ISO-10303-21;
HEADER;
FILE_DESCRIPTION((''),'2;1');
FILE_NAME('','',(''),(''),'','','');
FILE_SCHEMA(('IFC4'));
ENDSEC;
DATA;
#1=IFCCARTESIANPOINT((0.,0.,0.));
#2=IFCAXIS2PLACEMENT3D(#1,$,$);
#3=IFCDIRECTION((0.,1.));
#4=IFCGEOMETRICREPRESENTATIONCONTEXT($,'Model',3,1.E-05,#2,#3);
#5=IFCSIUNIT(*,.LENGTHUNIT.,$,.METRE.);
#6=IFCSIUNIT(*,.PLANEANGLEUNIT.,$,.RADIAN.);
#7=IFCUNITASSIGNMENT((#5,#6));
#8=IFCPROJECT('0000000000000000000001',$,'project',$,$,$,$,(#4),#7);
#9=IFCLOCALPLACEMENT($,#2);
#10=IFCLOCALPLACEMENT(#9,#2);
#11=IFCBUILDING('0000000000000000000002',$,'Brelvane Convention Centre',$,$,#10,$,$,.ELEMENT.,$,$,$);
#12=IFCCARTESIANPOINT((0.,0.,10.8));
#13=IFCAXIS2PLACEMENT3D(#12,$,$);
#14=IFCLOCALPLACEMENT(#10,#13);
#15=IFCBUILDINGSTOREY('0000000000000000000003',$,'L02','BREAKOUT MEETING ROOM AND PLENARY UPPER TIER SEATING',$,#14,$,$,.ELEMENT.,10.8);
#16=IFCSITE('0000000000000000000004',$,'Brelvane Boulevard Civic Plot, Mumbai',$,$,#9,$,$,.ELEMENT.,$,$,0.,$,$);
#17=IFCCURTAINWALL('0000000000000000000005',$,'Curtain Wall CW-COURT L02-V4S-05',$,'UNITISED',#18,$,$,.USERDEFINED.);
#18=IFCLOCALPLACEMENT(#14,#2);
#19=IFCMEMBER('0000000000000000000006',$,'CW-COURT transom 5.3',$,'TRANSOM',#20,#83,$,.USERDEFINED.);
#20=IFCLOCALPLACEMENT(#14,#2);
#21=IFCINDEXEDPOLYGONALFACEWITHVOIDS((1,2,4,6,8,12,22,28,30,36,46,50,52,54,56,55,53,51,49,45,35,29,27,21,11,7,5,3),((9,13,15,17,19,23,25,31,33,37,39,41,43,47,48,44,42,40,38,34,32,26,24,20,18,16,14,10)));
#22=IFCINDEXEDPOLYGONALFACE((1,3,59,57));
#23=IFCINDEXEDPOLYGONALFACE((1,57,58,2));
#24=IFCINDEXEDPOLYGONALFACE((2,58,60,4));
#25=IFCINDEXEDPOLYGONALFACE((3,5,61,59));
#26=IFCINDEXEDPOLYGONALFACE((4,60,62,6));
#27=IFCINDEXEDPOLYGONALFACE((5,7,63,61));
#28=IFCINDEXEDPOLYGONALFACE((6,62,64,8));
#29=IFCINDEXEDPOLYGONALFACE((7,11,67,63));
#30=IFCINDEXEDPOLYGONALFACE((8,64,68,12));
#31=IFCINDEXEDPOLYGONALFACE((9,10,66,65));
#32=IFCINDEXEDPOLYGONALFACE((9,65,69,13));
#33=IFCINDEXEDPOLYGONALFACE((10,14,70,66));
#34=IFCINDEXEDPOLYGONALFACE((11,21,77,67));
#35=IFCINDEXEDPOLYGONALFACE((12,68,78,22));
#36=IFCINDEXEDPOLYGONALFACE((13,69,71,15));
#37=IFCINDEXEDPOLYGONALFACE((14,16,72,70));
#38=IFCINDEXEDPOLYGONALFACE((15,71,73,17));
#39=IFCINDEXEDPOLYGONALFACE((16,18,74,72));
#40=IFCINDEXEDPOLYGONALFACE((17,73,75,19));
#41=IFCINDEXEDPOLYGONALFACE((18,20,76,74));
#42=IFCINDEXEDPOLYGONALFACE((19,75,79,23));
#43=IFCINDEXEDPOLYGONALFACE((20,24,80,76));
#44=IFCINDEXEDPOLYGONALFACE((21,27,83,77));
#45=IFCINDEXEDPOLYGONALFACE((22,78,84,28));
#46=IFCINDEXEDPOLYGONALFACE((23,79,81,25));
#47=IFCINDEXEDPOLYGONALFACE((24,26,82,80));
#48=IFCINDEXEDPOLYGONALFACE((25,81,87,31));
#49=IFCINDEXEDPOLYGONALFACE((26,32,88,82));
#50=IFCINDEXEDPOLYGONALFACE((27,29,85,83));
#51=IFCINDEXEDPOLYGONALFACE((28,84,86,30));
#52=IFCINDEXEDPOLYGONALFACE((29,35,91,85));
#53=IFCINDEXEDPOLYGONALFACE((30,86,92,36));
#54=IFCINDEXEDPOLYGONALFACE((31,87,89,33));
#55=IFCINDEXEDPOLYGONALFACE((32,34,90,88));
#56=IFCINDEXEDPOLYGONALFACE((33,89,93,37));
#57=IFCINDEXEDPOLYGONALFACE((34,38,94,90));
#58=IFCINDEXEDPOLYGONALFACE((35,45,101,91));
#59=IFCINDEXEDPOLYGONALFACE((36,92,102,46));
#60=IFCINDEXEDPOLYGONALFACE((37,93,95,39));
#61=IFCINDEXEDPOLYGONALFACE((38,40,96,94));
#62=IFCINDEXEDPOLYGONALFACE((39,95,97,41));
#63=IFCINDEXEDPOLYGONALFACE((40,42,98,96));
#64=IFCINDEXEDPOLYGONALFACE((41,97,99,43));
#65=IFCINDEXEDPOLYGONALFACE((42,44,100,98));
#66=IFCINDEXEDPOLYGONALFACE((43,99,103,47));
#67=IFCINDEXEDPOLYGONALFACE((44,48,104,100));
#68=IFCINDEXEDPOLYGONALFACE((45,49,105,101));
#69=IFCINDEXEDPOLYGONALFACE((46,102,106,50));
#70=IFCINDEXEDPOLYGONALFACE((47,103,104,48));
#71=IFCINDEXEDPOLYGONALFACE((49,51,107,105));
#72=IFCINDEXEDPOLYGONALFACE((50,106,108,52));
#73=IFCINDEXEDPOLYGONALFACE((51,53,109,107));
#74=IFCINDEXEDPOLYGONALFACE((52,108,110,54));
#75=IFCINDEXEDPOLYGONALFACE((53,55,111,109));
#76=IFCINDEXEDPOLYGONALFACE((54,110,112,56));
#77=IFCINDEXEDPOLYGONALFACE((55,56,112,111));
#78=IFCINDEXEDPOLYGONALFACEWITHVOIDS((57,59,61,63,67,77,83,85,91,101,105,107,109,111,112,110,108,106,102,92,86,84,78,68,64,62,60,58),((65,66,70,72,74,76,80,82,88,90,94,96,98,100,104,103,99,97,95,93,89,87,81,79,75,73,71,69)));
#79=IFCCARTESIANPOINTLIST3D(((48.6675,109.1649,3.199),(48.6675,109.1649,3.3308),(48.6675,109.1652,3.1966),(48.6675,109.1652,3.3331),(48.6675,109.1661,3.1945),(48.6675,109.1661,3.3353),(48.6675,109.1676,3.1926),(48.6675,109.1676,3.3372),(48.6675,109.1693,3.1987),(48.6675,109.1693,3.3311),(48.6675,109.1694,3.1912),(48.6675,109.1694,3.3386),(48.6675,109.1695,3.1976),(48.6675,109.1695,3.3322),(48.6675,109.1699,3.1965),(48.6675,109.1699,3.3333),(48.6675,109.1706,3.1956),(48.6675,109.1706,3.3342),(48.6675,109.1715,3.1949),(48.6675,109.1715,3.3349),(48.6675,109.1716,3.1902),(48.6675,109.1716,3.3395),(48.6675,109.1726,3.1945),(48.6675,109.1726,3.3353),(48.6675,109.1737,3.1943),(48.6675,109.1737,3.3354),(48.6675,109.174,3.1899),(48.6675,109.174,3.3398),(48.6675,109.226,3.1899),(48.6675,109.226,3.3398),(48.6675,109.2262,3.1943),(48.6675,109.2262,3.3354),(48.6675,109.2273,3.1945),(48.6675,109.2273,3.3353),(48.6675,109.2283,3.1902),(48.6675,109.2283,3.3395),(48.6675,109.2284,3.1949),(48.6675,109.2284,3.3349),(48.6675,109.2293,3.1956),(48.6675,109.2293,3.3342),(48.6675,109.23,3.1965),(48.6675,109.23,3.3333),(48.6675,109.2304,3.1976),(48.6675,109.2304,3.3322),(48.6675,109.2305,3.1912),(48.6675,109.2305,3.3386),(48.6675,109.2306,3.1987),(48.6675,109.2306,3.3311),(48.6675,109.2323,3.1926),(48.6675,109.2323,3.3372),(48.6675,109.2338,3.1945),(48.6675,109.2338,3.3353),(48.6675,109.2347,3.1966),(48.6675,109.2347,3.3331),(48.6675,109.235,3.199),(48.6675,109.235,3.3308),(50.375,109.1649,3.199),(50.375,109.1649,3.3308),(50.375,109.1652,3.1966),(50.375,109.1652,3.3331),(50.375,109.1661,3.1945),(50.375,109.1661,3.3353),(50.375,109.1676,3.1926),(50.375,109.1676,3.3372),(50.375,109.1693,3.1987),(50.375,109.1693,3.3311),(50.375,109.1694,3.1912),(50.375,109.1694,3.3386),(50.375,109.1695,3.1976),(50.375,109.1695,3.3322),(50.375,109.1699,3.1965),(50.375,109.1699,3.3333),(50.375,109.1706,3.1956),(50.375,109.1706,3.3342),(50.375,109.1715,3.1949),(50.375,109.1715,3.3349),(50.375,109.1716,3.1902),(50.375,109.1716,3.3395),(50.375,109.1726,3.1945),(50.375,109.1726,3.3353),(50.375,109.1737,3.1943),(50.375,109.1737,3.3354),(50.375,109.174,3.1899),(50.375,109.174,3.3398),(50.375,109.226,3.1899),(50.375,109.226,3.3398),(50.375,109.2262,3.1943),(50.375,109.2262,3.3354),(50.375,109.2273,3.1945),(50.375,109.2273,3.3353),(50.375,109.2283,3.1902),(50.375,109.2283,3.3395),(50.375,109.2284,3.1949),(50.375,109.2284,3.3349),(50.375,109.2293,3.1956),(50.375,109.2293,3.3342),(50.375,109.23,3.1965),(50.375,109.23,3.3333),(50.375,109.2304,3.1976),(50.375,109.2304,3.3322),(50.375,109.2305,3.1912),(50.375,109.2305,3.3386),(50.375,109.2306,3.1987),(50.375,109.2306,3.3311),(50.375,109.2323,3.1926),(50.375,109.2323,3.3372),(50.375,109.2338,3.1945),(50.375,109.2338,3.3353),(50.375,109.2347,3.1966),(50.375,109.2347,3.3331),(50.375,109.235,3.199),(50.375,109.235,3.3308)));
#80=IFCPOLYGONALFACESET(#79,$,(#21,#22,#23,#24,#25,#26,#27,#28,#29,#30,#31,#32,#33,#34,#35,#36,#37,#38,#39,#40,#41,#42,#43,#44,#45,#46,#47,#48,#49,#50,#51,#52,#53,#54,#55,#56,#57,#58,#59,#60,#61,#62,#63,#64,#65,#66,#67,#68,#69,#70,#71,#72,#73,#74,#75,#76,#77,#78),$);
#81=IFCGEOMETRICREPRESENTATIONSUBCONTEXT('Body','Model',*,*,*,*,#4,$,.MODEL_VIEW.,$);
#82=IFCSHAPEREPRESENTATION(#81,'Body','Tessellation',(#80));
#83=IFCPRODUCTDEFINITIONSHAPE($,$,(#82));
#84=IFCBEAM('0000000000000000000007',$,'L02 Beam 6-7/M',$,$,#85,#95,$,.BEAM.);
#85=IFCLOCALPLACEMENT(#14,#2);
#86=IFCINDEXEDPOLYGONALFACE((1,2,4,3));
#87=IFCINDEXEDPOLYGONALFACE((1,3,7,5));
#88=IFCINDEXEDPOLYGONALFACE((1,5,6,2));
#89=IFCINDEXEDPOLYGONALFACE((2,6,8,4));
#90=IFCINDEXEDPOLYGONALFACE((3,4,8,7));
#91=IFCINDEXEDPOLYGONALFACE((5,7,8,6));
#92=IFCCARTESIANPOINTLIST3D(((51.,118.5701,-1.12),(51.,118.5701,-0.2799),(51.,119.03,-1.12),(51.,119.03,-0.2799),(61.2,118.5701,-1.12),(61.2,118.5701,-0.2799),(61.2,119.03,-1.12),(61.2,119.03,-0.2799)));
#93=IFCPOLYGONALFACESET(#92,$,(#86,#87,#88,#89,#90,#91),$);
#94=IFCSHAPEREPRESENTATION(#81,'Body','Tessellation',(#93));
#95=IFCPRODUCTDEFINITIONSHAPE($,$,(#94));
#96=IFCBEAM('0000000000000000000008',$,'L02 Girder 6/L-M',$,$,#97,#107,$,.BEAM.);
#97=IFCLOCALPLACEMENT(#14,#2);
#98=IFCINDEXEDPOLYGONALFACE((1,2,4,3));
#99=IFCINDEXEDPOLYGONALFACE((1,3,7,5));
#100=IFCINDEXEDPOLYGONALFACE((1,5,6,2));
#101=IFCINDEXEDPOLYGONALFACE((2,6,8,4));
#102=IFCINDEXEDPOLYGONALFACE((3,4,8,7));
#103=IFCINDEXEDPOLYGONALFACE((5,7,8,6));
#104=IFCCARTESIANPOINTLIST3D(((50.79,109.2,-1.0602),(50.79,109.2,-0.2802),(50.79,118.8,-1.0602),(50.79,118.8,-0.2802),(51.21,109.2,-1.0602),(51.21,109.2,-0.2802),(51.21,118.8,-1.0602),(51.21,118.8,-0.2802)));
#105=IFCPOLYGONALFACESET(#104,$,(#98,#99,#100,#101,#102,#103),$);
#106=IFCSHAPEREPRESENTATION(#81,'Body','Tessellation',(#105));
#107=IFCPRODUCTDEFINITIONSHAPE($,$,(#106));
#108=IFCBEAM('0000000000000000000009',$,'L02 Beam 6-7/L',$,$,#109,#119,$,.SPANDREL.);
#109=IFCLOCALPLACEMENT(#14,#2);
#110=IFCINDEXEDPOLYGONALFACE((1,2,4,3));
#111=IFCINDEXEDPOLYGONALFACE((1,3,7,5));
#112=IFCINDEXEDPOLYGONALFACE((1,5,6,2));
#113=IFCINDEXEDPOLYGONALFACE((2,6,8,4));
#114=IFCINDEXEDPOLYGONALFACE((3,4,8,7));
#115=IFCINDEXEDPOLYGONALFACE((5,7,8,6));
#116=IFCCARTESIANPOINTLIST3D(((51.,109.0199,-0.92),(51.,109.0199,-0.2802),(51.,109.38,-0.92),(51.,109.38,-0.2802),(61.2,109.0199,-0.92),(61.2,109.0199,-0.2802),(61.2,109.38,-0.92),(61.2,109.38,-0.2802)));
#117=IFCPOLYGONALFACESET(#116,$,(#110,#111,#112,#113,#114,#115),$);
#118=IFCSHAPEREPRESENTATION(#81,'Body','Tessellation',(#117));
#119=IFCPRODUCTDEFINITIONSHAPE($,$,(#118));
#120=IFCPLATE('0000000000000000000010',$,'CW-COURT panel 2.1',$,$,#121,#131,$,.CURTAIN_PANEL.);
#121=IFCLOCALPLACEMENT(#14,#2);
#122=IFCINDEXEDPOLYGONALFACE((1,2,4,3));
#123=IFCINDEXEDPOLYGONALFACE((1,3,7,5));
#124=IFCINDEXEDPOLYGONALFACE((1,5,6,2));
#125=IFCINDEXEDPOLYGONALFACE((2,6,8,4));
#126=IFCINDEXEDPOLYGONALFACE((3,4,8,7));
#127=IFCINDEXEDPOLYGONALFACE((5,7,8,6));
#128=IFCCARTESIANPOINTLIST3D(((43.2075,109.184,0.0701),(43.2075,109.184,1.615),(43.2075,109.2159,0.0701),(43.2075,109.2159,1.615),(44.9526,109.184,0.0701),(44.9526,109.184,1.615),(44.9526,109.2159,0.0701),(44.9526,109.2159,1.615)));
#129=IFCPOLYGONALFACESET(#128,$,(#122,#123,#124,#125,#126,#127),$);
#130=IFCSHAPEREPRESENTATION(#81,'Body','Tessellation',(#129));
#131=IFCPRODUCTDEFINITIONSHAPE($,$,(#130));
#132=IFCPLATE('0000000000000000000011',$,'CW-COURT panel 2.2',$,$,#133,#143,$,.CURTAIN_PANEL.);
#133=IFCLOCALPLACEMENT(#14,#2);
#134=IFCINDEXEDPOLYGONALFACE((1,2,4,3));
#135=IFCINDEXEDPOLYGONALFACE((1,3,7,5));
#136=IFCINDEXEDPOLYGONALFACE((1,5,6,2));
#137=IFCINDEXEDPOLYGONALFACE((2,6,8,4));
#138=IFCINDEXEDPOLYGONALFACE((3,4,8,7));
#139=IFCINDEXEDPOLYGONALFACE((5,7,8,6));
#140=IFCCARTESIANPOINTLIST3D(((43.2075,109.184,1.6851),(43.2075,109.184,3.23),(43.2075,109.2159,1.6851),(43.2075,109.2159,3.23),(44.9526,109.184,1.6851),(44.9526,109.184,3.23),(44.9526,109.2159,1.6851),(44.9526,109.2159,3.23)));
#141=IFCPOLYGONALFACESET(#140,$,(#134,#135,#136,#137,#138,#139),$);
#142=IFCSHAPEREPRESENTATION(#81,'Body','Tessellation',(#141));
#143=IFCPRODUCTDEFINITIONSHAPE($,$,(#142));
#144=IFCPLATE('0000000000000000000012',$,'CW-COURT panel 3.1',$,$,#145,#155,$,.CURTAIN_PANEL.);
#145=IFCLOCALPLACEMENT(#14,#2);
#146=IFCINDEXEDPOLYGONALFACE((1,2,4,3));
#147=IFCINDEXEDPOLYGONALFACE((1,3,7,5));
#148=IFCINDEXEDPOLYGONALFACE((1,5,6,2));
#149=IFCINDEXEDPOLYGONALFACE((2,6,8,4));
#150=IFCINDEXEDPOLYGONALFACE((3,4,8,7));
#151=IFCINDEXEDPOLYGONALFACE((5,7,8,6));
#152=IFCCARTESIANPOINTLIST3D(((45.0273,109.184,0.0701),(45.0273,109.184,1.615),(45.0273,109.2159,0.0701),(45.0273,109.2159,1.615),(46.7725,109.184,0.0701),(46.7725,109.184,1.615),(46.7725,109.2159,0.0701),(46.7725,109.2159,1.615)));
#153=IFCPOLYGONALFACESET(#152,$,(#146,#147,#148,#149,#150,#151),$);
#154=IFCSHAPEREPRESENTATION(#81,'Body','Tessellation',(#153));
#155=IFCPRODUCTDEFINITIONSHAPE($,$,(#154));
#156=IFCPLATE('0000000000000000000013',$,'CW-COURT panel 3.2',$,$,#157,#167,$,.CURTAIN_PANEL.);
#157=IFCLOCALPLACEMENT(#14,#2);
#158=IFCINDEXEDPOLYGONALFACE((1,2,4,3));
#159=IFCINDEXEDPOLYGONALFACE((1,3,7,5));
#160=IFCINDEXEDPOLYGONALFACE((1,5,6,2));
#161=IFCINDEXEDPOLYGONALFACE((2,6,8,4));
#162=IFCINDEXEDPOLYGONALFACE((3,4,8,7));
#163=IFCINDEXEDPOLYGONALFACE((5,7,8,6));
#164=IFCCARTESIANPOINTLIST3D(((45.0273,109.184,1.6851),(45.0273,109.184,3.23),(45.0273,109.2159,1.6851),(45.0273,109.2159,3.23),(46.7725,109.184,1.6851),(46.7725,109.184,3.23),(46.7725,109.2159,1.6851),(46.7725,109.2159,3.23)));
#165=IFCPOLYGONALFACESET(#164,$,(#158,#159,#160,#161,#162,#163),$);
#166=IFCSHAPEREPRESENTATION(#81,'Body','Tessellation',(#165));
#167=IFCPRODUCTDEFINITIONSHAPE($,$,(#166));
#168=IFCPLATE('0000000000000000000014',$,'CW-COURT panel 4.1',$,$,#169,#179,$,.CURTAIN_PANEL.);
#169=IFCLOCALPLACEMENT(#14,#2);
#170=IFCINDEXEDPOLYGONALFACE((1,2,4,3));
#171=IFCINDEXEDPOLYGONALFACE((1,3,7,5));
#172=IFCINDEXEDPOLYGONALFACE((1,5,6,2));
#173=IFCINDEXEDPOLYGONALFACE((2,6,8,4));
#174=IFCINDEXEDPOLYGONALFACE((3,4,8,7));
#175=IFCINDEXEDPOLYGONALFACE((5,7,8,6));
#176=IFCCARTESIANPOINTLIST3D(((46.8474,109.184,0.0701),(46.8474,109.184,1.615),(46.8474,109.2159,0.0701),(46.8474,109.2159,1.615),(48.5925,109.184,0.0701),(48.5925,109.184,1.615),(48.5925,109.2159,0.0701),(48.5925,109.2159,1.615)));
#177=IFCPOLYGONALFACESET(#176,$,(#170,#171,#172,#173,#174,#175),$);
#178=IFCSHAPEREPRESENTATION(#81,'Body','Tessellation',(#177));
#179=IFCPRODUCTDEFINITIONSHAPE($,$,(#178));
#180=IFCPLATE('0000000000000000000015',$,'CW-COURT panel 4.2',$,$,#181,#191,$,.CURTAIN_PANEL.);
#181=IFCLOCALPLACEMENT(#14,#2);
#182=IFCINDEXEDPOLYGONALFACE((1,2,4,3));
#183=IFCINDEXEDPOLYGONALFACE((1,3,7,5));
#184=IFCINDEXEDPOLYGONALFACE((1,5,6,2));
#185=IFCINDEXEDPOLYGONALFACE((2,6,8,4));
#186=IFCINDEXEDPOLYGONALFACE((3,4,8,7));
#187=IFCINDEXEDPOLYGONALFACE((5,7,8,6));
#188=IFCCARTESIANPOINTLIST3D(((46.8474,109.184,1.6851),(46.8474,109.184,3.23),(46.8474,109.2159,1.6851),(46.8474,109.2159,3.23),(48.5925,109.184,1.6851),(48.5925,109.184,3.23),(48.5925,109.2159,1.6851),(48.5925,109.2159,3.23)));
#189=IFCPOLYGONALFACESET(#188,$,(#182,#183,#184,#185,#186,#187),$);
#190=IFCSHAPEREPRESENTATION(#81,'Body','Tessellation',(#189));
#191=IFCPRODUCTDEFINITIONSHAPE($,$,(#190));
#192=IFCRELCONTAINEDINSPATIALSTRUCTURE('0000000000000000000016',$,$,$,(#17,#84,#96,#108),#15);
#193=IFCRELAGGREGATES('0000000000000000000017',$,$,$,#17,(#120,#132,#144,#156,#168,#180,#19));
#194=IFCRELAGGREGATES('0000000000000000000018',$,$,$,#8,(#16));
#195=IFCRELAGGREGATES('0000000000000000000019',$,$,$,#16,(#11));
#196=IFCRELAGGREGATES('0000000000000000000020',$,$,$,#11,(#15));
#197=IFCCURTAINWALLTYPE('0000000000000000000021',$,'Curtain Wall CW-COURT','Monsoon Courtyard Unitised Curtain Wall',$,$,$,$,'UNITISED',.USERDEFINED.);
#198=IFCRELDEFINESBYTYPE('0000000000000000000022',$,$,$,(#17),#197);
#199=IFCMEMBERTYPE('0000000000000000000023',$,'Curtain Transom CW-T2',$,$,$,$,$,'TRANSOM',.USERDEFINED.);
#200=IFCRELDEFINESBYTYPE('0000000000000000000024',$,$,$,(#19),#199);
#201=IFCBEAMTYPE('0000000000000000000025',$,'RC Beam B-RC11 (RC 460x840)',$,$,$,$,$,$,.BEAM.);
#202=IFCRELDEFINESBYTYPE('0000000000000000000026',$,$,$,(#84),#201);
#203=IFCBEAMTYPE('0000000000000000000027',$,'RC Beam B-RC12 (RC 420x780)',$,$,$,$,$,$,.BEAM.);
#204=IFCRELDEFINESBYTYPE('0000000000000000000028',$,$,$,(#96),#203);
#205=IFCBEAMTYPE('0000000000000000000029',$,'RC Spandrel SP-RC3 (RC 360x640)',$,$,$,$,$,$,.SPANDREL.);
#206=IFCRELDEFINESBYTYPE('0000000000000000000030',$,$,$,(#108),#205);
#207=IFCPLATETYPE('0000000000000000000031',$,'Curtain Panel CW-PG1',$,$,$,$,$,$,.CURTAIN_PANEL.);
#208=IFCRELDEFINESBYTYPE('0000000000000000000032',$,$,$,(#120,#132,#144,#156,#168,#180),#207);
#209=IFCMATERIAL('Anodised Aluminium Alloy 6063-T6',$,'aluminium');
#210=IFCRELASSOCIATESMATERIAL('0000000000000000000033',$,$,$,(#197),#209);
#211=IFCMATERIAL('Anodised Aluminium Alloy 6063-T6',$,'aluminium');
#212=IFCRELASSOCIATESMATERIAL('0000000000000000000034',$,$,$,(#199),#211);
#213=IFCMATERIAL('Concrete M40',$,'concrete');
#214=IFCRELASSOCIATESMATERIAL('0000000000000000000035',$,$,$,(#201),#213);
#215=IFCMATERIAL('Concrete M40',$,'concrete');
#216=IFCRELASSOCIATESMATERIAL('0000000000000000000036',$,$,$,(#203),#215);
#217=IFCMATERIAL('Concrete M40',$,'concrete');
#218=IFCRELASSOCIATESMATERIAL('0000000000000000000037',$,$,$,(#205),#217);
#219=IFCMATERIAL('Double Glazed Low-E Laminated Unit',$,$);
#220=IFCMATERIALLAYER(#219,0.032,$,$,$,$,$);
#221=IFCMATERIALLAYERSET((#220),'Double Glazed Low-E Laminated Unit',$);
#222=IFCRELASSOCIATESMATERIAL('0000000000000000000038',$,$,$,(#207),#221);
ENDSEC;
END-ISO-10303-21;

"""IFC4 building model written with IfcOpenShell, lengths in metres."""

from ifc_helpers import new_model, si_unit, direction, frame, origin, origin_2d, place, context, subcontext, project, spatial, rectangle, hollow_rectangle, extrude, material, layer, layer_set, material_profile, profile_set, type_object, element, aggregate, save


model = new_model("IFC4")

# Units and contexts
model_context = context("Model", 3, precision=1e-05, world=origin(), true_north=direction((0.0, 1.0)))
body_context = subcontext(model_context, "Body", "Model", "MODEL_VIEW")
ifc_project = project(units=[si_unit("LENGTHUNIT", "METRE"), si_unit("PLANEANGLEUNIT", "RADIAN")], contexts=[model_context])

# Site, building, storey
site_placement = place(None, origin())
site = spatial("IfcSite", under=ifc_project, at=site_placement, Name="Brelvane Boulevard Civic Plot, Mumbai", CompositionType="ELEMENT", RefElevation=0.0)
building_placement = place(site_placement, origin())
building = spatial("IfcBuilding", under=site, at=building_placement, Name="Brelvane Convention Centre", CompositionType="ELEMENT")
storey_placement = place(building_placement, frame((0.0, 0.0, 10.8)))
storey = spatial("IfcBuildingStorey", under=building, at=storey_placement, Name="L02", Description="BREAKOUT MEETING ROOM AND PLENARY UPPER TIER SEATING", CompositionType="ELEMENT", Elevation=10.8)

# Curtain wall, member
ifc_material_1 = material(Name="Anodised Aluminium Alloy 6063-T6", Category="aluminium")
curtain_wall_type = type_object("IfcCurtainWallType", Name="Curtain Wall CW-COURT", Description="Monsoon Courtyard Unitised Curtain Wall", ElementType="UNITISED", PredefinedType="USERDEFINED", material=ifc_material_1)
curtain_wall_placement = place(storey_placement, origin())
curtain_wall = element("IfcCurtainWall", 1, at=curtain_wall_placement, inside=storey, type_object=curtain_wall_type, Name="Curtain Wall CW-COURT L02-V4S-05", ObjectType="UNITISED", PredefinedType="USERDEFINED")
ifc_material_2 = material(Name="Anodised Aluminium Alloy 6063-T6", Category="aluminium")
ifc_material_profile_1 = material_profile(ifc_material_2, hollow_rectangle(XDim=0.0701, YDim=0.1499, WallThickness=0.0044, InnerFilletRadius=0.0044, OuterFilletRadius=0.009, at=origin_2d()), Name="ALU-T 150x70x4.5")
ifc_profile_set_1 = profile_set([ifc_material_profile_1], Name="Anodised Aluminium Alloy 6063-T6")
member_type_1 = type_object("IfcMemberType", Name="Curtain Transom CW-T2", ElementType="TRANSOM", PredefinedType="USERDEFINED", material=ifc_profile_set_1)
member_1_placement = place(storey_placement, frame((48.6675, 109.2, 3.2649), z_axis=(1.0, 0.0, 0.0), x_axis=(0.0, 1.0, 0.0)))
member_1 = element("IfcMember", 2, at=member_1_placement, type_object=member_type_1, Name="CW-COURT transom 5.3", ObjectType="TRANSOM", PredefinedType="USERDEFINED", context=body_context, shape_type="SweptSolid", body=[
    extrude(hollow_rectangle(XDim=0.0701, YDim=0.1499, WallThickness=0.0044, InnerFilletRadius=0.0044, OuterFilletRadius=0.009, at=origin_2d()), origin(), (0.0, 0.0, 1.0), 1.7075),
])

# Beams
ifc_material_3 = material(Name="Concrete M40", Category="concrete")
ifc_material_profile_2 = material_profile(ifc_material_3, rectangle(XDim=0.46, YDim=0.8401, at=origin_2d()), Name="RC 460x840")
ifc_profile_set_2 = profile_set([ifc_material_profile_2], Name="Concrete M40")
beam_type_1 = type_object("IfcBeamType", Name="RC Beam B-RC11 (RC 460x840)", PredefinedType="BEAM", material=ifc_profile_set_2)
beam_1_placement = place(storey_placement, frame((51.0, 118.8, -0.7), z_axis=(1.0, 0.0, 0.0), x_axis=(0.0, 1.0, 0.0)))
element("IfcBeam", 3, at=beam_1_placement, inside=storey, type_object=beam_type_1, Name="L02 Beam 6-7/M", PredefinedType="BEAM", context=body_context, shape_type="SweptSolid", body=[
    extrude(rectangle(XDim=0.46, YDim=0.8401, at=origin_2d()), origin(), (0.0, 0.0, 1.0), 10.2),
])
ifc_material_4 = material(Name="Concrete M40", Category="concrete")
ifc_material_profile_3 = material_profile(ifc_material_4, rectangle(XDim=0.4199, YDim=0.78, at=origin_2d()), Name="RC 420x780")
ifc_profile_set_3 = profile_set([ifc_material_profile_3], Name="Concrete M40")
beam_type_2 = type_object("IfcBeamType", Name="RC Beam B-RC12 (RC 420x780)", PredefinedType="BEAM", material=ifc_profile_set_3)
beam_2_placement = place(storey_placement, frame((51.0, 109.2, -0.6702), z_axis=(0.0, 1.0, 0.0), x_axis=(-1.0, 0.0, 0.0)))
element("IfcBeam", 4, at=beam_2_placement, inside=storey, type_object=beam_type_2, Name="L02 Girder 6/L-M", PredefinedType="BEAM", context=body_context, shape_type="SweptSolid", body=[
    extrude(rectangle(XDim=0.4199, YDim=0.78, at=origin_2d()), origin(), (0.0, 0.0, 1.0), 9.6001),
])
ifc_material_5 = material(Name="Concrete M40", Category="concrete")
ifc_material_profile_4 = material_profile(ifc_material_5, rectangle(XDim=0.3601, YDim=0.6399, at=origin_2d()), Name="RC 360x640")
ifc_profile_set_4 = profile_set([ifc_material_profile_4], Name="Concrete M40")
beam_type_3 = type_object("IfcBeamType", Name="RC Spandrel SP-RC3 (RC 360x640)", PredefinedType="SPANDREL", material=ifc_profile_set_4)
beam_3_placement = place(storey_placement, frame((51.0, 109.2, -0.6001), z_axis=(1.0, 0.0, 0.0), x_axis=(0.0, 1.0, 0.0)))
element("IfcBeam", 5, at=beam_3_placement, inside=storey, type_object=beam_type_3, Name="L02 Beam 6-7/L", PredefinedType="SPANDREL", context=body_context, shape_type="SweptSolid", body=[
    extrude(rectangle(XDim=0.3601, YDim=0.6399, at=origin_2d()), origin(), (0.0, 0.0, 1.0), 10.2),
])

# Plates
ifc_material_6 = material(Name="Double Glazed Low-E Laminated Unit")
ifc_layer_1 = layer(ifc_material_6, 0.032)
ifc_layer_set_1 = layer_set([ifc_layer_1], Name="Double Glazed Low-E Laminated Unit")
plate_type = type_object("IfcPlateType", Name="Curtain Panel CW-PG1", PredefinedType="CURTAIN_PANEL", material=ifc_layer_set_1)
plate_1_placement = place(storey_placement, frame((44.0801, 109.2, 0.0701), z_axis=(0.0, 0.0, 1.0), x_axis=(1.0, 0.0, 0.0)))
plate_1 = element("IfcPlate", 6, at=plate_1_placement, type_object=plate_type, Name="CW-COURT panel 2.1", PredefinedType="CURTAIN_PANEL", context=body_context, shape_type="SweptSolid", body=[
    extrude(rectangle(XDim=1.7451, YDim=0.032, at=origin_2d()), origin(), (0.0, 0.0, 1.0), 1.5449),
])
plate_2_placement = place(storey_placement, frame((44.0801, 109.2, 1.6851), z_axis=(0.0, 0.0, 1.0), x_axis=(1.0, 0.0, 0.0)))
plate_2 = element("IfcPlate", 7, at=plate_2_placement, type_object=plate_type, Name="CW-COURT panel 2.2", PredefinedType="CURTAIN_PANEL", context=body_context, shape_type="SweptSolid", body=[
    extrude(rectangle(XDim=1.7451, YDim=0.032, at=origin_2d()), origin(), (0.0, 0.0, 1.0), 1.5449),
])
plate_3_placement = place(storey_placement, frame((45.8999, 109.2, 0.0701), z_axis=(0.0, 0.0, 1.0), x_axis=(1.0, 0.0, 0.0)))
plate_3 = element("IfcPlate", 8, at=plate_3_placement, type_object=plate_type, Name="CW-COURT panel 3.1", PredefinedType="CURTAIN_PANEL", context=body_context, shape_type="SweptSolid", body=[
    extrude(rectangle(XDim=1.7451, YDim=0.032, at=origin_2d()), origin(), (0.0, 0.0, 1.0), 1.5449),
])
plate_4_placement = place(storey_placement, frame((45.8999, 109.2, 1.6851), z_axis=(0.0, 0.0, 1.0), x_axis=(1.0, 0.0, 0.0)))
plate_4 = element("IfcPlate", 9, at=plate_4_placement, type_object=plate_type, Name="CW-COURT panel 3.2", PredefinedType="CURTAIN_PANEL", context=body_context, shape_type="SweptSolid", body=[
    extrude(rectangle(XDim=1.7451, YDim=0.032, at=origin_2d()), origin(), (0.0, 0.0, 1.0), 1.5449),
])
plate_5_placement = place(storey_placement, frame((47.72, 109.2, 0.0701), z_axis=(0.0, 0.0, 1.0), x_axis=(1.0, 0.0, 0.0)))
plate_5 = element("IfcPlate", 10, at=plate_5_placement, type_object=plate_type, Name="CW-COURT panel 4.1", PredefinedType="CURTAIN_PANEL", context=body_context, shape_type="SweptSolid", body=[
    extrude(rectangle(XDim=1.7451, YDim=0.032, at=origin_2d()), origin(), (0.0, 0.0, 1.0), 1.5449),
])
plate_6_placement = place(storey_placement, frame((47.72, 109.2, 1.6851), z_axis=(0.0, 0.0, 1.0), x_axis=(1.0, 0.0, 0.0)))
plate_6 = element("IfcPlate", 11, at=plate_6_placement, type_object=plate_type, Name="CW-COURT panel 4.2", PredefinedType="CURTAIN_PANEL", context=body_context, shape_type="SweptSolid", body=[
    extrude(rectangle(XDim=1.7451, YDim=0.032, at=origin_2d()), origin(), (0.0, 0.0, 1.0), 1.5449),
])
aggregate(curtain_wall, [plate_1, plate_2, plate_3, plate_4, plate_5, plate_6, member_1])

save(model, "model.ifc")
